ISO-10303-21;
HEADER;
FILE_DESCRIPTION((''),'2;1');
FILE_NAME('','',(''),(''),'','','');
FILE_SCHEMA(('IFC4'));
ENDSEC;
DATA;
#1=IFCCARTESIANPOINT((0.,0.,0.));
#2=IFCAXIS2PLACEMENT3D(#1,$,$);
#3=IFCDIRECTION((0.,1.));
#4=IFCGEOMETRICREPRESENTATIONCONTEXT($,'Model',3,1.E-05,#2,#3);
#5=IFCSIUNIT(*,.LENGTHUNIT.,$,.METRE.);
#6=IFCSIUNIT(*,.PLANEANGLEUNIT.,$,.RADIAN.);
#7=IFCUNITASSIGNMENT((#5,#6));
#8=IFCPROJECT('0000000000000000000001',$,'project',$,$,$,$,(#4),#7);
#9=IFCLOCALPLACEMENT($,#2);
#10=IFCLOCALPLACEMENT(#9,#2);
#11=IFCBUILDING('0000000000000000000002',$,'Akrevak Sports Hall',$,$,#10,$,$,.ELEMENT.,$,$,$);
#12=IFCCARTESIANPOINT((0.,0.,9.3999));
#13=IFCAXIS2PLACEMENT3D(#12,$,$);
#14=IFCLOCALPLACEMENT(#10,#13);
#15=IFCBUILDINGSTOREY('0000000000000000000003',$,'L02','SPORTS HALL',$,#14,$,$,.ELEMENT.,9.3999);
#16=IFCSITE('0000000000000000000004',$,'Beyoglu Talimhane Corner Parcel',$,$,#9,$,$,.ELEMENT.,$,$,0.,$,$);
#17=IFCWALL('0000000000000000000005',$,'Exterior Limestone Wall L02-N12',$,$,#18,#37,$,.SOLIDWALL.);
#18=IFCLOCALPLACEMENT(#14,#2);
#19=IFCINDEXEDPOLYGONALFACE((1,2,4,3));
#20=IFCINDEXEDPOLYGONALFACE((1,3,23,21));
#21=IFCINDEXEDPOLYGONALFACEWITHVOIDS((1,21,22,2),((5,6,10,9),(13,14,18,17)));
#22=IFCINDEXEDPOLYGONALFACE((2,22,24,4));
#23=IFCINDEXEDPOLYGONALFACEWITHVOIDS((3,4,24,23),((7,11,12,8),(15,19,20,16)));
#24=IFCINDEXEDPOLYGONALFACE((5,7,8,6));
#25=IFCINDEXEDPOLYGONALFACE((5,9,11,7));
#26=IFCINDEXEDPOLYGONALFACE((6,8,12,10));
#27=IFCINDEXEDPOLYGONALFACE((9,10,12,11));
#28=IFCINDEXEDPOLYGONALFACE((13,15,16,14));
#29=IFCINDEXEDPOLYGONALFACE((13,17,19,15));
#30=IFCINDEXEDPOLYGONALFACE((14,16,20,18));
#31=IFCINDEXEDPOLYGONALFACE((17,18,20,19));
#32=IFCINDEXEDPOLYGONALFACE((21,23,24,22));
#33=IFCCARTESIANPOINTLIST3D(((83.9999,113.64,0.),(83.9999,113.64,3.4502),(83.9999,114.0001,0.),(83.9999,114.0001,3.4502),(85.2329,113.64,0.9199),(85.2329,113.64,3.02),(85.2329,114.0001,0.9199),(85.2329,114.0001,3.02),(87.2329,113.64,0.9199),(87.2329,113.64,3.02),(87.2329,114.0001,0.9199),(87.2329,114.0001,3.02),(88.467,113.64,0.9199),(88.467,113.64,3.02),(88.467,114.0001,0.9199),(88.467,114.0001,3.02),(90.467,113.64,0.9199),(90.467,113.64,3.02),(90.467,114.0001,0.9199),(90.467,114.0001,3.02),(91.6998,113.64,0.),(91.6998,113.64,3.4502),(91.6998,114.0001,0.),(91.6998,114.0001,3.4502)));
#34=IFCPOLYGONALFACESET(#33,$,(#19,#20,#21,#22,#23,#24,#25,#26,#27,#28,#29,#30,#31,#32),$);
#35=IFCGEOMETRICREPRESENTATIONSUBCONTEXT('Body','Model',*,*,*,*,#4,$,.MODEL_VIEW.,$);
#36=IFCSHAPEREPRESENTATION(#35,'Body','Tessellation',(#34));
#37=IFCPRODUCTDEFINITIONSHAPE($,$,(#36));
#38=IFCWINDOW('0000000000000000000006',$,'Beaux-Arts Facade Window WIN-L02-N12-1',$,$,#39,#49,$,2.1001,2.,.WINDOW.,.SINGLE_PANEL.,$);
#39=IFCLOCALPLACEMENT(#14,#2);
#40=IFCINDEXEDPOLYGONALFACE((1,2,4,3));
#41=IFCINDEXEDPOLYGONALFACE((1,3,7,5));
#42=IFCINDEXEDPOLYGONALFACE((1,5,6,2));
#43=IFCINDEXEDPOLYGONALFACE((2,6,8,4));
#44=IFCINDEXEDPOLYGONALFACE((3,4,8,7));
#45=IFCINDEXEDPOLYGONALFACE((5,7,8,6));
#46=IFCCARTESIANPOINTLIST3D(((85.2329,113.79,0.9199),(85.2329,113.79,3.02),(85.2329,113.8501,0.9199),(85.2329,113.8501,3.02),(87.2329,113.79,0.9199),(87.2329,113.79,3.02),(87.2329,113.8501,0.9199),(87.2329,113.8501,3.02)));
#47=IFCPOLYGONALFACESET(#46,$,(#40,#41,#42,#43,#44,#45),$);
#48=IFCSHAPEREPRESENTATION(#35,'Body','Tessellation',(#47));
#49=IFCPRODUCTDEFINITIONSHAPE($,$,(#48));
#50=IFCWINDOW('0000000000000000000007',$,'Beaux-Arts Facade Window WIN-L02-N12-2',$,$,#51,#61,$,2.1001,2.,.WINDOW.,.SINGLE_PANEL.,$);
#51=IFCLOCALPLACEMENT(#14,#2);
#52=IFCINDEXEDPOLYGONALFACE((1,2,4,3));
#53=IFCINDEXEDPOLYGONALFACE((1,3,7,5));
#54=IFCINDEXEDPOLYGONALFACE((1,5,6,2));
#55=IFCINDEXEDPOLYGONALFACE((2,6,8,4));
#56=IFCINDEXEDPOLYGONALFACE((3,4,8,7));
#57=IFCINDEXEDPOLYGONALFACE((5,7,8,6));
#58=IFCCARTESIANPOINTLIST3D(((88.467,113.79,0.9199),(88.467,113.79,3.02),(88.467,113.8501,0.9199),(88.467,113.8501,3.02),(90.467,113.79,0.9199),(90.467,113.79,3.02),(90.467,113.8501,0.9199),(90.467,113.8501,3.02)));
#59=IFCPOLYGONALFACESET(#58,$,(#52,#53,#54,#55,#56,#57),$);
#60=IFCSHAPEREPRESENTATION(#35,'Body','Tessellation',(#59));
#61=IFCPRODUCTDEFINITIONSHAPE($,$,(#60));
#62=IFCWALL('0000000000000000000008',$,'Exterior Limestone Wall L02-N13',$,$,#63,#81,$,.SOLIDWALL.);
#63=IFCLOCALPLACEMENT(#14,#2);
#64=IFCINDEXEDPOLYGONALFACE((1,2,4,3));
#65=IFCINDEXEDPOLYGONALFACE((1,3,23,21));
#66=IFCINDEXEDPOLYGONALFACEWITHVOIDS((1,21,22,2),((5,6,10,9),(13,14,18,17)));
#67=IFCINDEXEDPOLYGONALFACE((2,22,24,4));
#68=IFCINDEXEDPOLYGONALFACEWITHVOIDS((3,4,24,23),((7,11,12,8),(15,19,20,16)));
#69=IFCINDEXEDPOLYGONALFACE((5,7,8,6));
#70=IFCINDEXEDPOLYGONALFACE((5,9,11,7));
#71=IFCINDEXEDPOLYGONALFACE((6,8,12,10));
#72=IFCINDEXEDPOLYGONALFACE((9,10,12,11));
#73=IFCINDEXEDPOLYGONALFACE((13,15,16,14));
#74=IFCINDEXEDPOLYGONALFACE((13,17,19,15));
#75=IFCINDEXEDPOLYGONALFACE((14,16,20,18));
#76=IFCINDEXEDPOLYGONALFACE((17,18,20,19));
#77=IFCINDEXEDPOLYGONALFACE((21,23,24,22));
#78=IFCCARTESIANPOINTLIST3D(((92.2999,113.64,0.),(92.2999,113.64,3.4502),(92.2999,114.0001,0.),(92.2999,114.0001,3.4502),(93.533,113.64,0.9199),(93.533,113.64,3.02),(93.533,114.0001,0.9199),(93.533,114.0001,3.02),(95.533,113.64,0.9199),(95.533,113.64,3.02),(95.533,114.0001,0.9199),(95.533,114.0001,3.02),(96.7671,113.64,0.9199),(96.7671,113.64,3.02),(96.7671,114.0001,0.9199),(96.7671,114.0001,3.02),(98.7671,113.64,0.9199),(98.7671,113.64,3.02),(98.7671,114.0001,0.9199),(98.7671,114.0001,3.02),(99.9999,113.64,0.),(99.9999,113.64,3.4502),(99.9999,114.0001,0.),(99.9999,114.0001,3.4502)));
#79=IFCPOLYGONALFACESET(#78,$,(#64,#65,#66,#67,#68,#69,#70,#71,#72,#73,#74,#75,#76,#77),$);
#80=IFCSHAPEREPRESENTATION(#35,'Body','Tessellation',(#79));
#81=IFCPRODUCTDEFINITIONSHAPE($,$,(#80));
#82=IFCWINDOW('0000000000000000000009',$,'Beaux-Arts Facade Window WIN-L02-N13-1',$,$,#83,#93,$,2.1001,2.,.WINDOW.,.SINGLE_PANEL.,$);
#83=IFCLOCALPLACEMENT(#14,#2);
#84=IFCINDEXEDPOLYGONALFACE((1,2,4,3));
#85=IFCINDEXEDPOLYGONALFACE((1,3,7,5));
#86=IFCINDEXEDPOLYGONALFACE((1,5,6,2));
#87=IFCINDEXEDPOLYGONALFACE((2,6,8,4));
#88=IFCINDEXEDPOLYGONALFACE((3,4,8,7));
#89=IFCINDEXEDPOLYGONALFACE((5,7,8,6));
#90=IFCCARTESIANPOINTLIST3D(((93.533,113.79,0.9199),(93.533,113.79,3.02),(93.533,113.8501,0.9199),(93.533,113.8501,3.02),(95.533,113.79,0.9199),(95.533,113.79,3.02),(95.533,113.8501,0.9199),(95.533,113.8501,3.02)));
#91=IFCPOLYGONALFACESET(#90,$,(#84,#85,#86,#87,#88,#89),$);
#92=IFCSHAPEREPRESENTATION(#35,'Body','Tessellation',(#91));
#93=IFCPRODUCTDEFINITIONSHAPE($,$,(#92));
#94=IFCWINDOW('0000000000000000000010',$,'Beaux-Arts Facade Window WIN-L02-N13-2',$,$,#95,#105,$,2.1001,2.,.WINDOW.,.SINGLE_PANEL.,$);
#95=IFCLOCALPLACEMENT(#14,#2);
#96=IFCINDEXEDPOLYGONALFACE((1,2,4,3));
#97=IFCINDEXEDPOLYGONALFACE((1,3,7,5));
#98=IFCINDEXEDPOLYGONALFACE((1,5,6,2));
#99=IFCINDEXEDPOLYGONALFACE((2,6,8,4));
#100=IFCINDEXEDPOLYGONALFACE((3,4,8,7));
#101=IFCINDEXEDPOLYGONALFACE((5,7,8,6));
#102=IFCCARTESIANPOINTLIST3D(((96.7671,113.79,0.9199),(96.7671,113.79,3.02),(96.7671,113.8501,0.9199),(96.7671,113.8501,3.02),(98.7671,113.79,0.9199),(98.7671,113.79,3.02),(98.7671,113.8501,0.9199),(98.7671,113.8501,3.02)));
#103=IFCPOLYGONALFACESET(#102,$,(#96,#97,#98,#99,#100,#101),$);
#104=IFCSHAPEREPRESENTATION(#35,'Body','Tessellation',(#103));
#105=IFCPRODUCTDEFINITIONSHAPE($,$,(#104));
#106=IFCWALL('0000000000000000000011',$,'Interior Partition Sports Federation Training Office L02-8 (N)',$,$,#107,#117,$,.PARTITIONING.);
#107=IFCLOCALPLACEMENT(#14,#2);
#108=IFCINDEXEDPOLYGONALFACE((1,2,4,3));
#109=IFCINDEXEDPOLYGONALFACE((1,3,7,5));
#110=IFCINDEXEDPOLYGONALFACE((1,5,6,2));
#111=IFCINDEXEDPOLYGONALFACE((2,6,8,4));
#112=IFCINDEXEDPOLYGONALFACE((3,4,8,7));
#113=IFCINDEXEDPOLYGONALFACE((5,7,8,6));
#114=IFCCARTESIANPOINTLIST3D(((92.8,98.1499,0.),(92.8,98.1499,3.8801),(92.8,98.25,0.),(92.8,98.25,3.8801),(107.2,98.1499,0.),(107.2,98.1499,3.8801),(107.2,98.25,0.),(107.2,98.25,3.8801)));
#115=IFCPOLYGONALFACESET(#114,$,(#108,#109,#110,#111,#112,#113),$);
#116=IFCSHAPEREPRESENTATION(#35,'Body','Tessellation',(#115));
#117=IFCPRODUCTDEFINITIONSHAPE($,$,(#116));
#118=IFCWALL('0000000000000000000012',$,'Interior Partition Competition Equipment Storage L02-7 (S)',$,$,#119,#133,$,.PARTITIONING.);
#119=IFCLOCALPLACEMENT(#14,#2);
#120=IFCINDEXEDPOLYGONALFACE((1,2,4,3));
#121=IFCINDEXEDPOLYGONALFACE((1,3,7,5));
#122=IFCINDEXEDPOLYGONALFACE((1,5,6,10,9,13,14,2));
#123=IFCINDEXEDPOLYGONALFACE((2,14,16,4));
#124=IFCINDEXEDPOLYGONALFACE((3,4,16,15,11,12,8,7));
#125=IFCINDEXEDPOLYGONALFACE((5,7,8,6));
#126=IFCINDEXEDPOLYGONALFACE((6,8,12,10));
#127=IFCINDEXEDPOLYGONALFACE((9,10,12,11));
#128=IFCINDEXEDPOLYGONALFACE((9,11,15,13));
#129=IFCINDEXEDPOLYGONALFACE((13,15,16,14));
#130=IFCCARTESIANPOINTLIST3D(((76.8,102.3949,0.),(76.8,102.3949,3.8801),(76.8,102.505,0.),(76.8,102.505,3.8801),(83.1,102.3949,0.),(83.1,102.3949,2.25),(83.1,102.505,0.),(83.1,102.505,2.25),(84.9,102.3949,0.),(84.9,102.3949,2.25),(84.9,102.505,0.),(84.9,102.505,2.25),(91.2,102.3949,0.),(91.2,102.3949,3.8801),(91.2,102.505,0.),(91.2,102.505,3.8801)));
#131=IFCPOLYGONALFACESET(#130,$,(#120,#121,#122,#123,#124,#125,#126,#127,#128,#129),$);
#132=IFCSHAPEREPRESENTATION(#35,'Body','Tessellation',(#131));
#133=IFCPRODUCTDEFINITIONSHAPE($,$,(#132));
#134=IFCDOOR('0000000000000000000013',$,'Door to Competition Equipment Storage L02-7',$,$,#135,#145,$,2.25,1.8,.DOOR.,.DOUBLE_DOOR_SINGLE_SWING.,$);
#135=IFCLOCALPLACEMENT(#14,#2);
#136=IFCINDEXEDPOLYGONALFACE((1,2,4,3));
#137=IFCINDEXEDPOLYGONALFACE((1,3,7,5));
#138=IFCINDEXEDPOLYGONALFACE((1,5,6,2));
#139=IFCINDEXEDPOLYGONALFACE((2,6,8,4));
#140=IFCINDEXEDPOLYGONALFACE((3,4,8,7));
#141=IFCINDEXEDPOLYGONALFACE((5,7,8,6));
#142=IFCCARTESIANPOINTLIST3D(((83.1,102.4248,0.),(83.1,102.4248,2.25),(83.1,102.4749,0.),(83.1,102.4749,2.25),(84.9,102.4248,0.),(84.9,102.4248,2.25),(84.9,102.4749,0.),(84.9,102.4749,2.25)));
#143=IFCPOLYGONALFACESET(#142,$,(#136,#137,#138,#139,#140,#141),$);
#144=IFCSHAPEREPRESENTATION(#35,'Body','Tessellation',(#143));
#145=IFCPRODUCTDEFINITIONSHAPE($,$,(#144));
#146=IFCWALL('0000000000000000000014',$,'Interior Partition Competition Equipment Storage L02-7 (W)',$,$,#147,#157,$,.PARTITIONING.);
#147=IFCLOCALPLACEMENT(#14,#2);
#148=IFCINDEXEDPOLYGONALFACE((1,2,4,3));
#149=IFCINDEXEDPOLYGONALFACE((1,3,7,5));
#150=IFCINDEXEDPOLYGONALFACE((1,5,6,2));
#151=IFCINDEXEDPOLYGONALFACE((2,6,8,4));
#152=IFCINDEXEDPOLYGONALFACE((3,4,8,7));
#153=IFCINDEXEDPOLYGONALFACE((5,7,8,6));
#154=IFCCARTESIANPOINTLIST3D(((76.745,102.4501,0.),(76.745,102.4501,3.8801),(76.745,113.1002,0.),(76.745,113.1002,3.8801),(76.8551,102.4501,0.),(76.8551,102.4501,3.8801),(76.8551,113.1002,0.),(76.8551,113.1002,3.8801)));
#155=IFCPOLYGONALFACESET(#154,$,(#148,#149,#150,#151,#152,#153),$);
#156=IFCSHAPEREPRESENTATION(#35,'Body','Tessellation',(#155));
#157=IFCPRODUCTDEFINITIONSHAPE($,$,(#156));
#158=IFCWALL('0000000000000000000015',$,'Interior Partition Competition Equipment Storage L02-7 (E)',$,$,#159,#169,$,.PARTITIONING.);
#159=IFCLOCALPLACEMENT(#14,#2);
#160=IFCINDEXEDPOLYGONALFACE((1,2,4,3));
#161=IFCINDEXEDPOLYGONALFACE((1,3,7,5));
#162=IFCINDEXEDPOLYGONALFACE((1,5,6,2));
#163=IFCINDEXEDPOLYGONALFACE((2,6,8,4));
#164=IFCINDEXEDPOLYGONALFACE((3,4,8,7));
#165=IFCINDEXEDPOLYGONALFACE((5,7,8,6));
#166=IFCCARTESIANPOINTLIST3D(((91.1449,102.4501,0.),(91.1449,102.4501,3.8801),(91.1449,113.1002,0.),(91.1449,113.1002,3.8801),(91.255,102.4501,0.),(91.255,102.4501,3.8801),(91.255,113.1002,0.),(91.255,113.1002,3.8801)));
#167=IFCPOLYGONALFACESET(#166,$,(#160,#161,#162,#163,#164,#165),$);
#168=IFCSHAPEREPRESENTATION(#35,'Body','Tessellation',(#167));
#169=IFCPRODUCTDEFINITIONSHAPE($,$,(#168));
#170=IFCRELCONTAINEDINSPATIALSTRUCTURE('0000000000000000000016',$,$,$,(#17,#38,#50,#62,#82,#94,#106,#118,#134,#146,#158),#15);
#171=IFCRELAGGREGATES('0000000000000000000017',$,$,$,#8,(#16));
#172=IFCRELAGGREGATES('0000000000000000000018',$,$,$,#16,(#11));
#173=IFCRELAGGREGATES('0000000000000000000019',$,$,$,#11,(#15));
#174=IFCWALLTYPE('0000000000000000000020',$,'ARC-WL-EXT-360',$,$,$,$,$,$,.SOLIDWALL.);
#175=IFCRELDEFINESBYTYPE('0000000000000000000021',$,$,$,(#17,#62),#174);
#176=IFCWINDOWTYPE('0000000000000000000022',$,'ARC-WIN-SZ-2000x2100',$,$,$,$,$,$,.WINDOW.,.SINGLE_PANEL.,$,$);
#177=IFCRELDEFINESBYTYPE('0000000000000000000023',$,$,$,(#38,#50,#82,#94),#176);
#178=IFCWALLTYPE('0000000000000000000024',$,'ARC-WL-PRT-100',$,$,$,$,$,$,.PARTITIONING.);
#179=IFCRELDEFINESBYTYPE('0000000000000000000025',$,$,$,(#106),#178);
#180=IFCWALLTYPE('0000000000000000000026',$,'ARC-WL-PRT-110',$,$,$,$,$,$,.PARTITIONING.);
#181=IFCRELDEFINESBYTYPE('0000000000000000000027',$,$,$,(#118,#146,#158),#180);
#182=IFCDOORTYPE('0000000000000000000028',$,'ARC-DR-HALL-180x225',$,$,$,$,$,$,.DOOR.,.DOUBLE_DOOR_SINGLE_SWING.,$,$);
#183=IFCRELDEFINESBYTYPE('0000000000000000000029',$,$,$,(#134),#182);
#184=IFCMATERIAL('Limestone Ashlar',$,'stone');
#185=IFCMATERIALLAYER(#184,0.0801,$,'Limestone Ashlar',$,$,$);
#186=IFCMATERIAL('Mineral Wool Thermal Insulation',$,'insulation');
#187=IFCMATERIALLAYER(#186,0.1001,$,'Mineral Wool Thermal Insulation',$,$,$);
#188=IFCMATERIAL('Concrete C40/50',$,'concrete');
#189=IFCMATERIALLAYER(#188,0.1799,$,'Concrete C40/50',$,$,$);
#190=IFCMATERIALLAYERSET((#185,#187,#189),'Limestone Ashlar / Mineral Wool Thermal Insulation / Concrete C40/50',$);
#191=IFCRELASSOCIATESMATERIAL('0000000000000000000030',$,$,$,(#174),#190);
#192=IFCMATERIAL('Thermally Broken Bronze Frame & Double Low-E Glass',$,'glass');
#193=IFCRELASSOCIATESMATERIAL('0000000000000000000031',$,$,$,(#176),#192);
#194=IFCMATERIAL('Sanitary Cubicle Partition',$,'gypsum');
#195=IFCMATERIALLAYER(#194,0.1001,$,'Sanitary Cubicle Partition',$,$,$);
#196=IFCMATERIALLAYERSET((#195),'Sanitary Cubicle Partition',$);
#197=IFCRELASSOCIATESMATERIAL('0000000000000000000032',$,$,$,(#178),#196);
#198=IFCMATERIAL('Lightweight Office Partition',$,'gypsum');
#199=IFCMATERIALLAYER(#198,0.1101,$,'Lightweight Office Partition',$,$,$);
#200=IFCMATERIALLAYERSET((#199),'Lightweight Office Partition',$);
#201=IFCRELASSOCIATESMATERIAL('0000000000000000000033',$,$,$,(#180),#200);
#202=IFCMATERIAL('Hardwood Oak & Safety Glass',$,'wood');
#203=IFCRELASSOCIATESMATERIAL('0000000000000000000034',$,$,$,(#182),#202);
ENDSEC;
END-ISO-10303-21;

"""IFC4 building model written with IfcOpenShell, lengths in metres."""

from ifc_helpers import new_model, si_unit, direction, frame, frame_2d, origin, place, context, subcontext, project, spatial, rectangle, extrude, material, layer, layer_set, type_object, element, fill, save


model = new_model("IFC4")

# Units and contexts
model_context = context("Model", 3, precision=1e-05, world=origin(), true_north=direction((0.0, 1.0)))
body_context = subcontext(model_context, "Body", "Model", "MODEL_VIEW")
ifc_project = project(units=[si_unit("LENGTHUNIT", "METRE"), si_unit("PLANEANGLEUNIT", "RADIAN")], contexts=[model_context])

# Site, building, storey
site_placement = place(None, origin())
site = spatial("IfcSite", under=ifc_project, at=site_placement, Name="Beyoglu Talimhane Corner Parcel", CompositionType="ELEMENT", RefElevation=0.0)
building_placement = place(site_placement, origin())
building = spatial("IfcBuilding", under=site, at=building_placement, Name="Akrevak Sports Hall", CompositionType="ELEMENT")
storey_placement = place(building_placement, frame((0.0, 0.0, 9.3999)))
storey = spatial("IfcBuildingStorey", under=building, at=storey_placement, Name="L02", Description="SPORTS HALL", CompositionType="ELEMENT", Elevation=9.3999)

# Shared definitions
ifc_material_1 = material(Name="Concrete C40/50", Category="concrete")

# Walls, openings, windows
ifc_material_2 = material(Name="Limestone Ashlar", Category="stone")
ifc_layer_1 = layer(ifc_material_2, 0.0801, Name="Limestone Ashlar")
ifc_material_3 = material(Name="Mineral Wool Thermal Insulation", Category="insulation")
ifc_layer_2 = layer(ifc_material_3, 0.1001, Name="Mineral Wool Thermal Insulation")
ifc_layer_3 = layer(ifc_material_1, 0.1799, Name="Concrete C40/50")
ifc_layer_set_1 = layer_set([ifc_layer_1, ifc_layer_2, ifc_layer_3], Name="Limestone Ashlar / Mineral Wool Thermal Insulation / Concrete C40/50")
wall_type_1 = type_object("IfcWallType", Name="ARC-WL-EXT-360", PredefinedType="SOLIDWALL", material=ifc_layer_set_1)
ifc_material_4 = material(Name="Thermally Broken Bronze Frame & Double Low-E Glass", Category="glass")
window_type = type_object("IfcWindowType", Name="ARC-WIN-SZ-2000x2100", PartitioningType="SINGLE_PANEL", PredefinedType="WINDOW", material=ifc_material_4)
wall_1_placement = place(storey_placement, frame((91.7, 113.8201, 0.0), z_axis=(0.0, 0.0, 1.0), x_axis=(-1.0, 0.0, 0.0)))
wall_1 = element("IfcWall", 1, at=wall_1_placement, inside=storey, type_object=wall_type_1, Name="Exterior Limestone Wall L02-N12", PredefinedType="SOLIDWALL", context=body_context, shape_type="SweptSolid", body=[
    extrude(rectangle(XDim=7.7, YDim=0.3601, at=frame_2d((3.8501, 0.0))), origin(), (0.0, 0.0, 1.0), 3.4502),
])
opening_1_placement = place(wall_1_placement, frame((4.467, 0.0, 0.9199)))
opening_1 = element("IfcOpeningElement", 2, at=opening_1_placement, cuts=wall_1, PredefinedType="OPENING", context=body_context, shape_type="SweptSolid", body=[
    extrude(rectangle(XDim=2.0, YDim=2.1001, at=frame_2d((1.0, 1.05))), frame((0.0, 0.1919, 0.0), z_axis=(0.0, -1.0, 0.0), x_axis=(1.0, 0.0, 0.0)), (0.0, 0.0, 1.0), 0.384),
])
opening_2_placement = place(wall_1_placement, frame((1.2329, 0.0, 0.9199)))
opening_2 = element("IfcOpeningElement", 3, at=opening_2_placement, cuts=wall_1, PredefinedType="OPENING", context=body_context, shape_type="SweptSolid", body=[
    extrude(rectangle(XDim=2.0, YDim=2.1001, at=frame_2d((1.0, 1.05))), frame((0.0, 0.1919, 0.0), z_axis=(0.0, -1.0, 0.0), x_axis=(1.0, 0.0, 0.0)), (0.0, 0.0, 1.0), 0.384),
])
window_1_placement = place(opening_1_placement, origin())
window_1 = element("IfcWindow", 4, at=window_1_placement, inside=storey, type_object=window_type, Name="Beaux-Arts Facade Window WIN-L02-N12-1", OverallHeight=2.1001, OverallWidth=2.0, PartitioningType="SINGLE_PANEL", PredefinedType="WINDOW", context=body_context, shape_type="SweptSolid", body=[
    extrude(rectangle(XDim=2.0, YDim=2.1001, at=frame_2d((1.0, 1.05))), frame((0.0, 0.03, 0.0), z_axis=(0.0, -1.0, 0.0), x_axis=(1.0, 0.0, 0.0)), (0.0, 0.0, 1.0), 0.0601),
])
fill(opening_1, window_1)
window_2_placement = place(opening_2_placement, origin())
window_2 = element("IfcWindow", 5, at=window_2_placement, inside=storey, type_object=window_type, Name="Beaux-Arts Facade Window WIN-L02-N12-2", OverallHeight=2.1001, OverallWidth=2.0, PartitioningType="SINGLE_PANEL", PredefinedType="WINDOW", context=body_context, shape_type="SweptSolid", body=[
    extrude(rectangle(XDim=2.0, YDim=2.1001, at=frame_2d((1.0, 1.05))), frame((0.0, 0.03, 0.0), z_axis=(0.0, -1.0, 0.0), x_axis=(1.0, 0.0, 0.0)), (0.0, 0.0, 1.0), 0.0601),
])
fill(opening_2, window_2)
wall_2_placement = place(storey_placement, frame((100.0, 113.8201, 0.0), z_axis=(0.0, 0.0, 1.0), x_axis=(-1.0, 0.0, 0.0)))
wall_2 = element("IfcWall", 6, at=wall_2_placement, inside=storey, type_object=wall_type_1, Name="Exterior Limestone Wall L02-N13", PredefinedType="SOLIDWALL", context=body_context, shape_type="SweptSolid", body=[
    extrude(rectangle(XDim=7.7, YDim=0.3601, at=frame_2d((3.8501, 0.0))), origin(), (0.0, 0.0, 1.0), 3.4502),
])
opening_3_placement = place(wall_2_placement, frame((4.467, 0.0, 0.9199)))
opening_3 = element("IfcOpeningElement", 7, at=opening_3_placement, cuts=wall_2, PredefinedType="OPENING", context=body_context, shape_type="SweptSolid", body=[
    extrude(rectangle(XDim=2.0, YDim=2.1001, at=frame_2d((1.0, 1.05))), frame((0.0, 0.1919, 0.0), z_axis=(0.0, -1.0, 0.0), x_axis=(1.0, 0.0, 0.0)), (0.0, 0.0, 1.0), 0.384),
])
opening_4_placement = place(wall_2_placement, frame((1.2329, 0.0, 0.9199)))
opening_4 = element("IfcOpeningElement", 8, at=opening_4_placement, cuts=wall_2, PredefinedType="OPENING", context=body_context, shape_type="SweptSolid", body=[
    extrude(rectangle(XDim=2.0, YDim=2.1001, at=frame_2d((1.0, 1.05))), frame((0.0, 0.1919, 0.0), z_axis=(0.0, -1.0, 0.0), x_axis=(1.0, 0.0, 0.0)), (0.0, 0.0, 1.0), 0.384),
])
window_3_placement = place(opening_3_placement, origin())
window_3 = element("IfcWindow", 9, at=window_3_placement, inside=storey, type_object=window_type, Name="Beaux-Arts Facade Window WIN-L02-N13-1", OverallHeight=2.1001, OverallWidth=2.0, PartitioningType="SINGLE_PANEL", PredefinedType="WINDOW", context=body_context, shape_type="SweptSolid", body=[
    extrude(rectangle(XDim=2.0, YDim=2.1001, at=frame_2d((1.0, 1.05))), frame((0.0, 0.03, 0.0), z_axis=(0.0, -1.0, 0.0), x_axis=(1.0, 0.0, 0.0)), (0.0, 0.0, 1.0), 0.0601),
])
fill(opening_3, window_3)
window_4_placement = place(opening_4_placement, origin())
window_4 = element("IfcWindow", 10, at=window_4_placement, inside=storey, type_object=window_type, Name="Beaux-Arts Facade Window WIN-L02-N13-2", OverallHeight=2.1001, OverallWidth=2.0, PartitioningType="SINGLE_PANEL", PredefinedType="WINDOW", context=body_context, shape_type="SweptSolid", body=[
    extrude(rectangle(XDim=2.0, YDim=2.1001, at=frame_2d((1.0, 1.05))), frame((0.0, 0.03, 0.0), z_axis=(0.0, -1.0, 0.0), x_axis=(1.0, 0.0, 0.0)), (0.0, 0.0, 1.0), 0.0601),
])
fill(opening_4, window_4)

# Wall
ifc_material_5 = material(Name="Sanitary Cubicle Partition", Category="gypsum")
ifc_layer_4 = layer(ifc_material_5, 0.1001, Name="Sanitary Cubicle Partition")
ifc_layer_set_2 = layer_set([ifc_layer_4], Name="Sanitary Cubicle Partition")
wall_type_2 = type_object("IfcWallType", Name="ARC-WL-PRT-100", PredefinedType="PARTITIONING", material=ifc_layer_set_2)
wall_3_placement = place(storey_placement, frame((92.8, 98.2, 0.0), z_axis=(0.0, 0.0, 1.0), x_axis=(1.0, 0.0, 0.0)))
element("IfcWall", 11, at=wall_3_placement, inside=storey, type_object=wall_type_2, Name="Interior Partition Sports Federation Training Office L02-8 (N)", PredefinedType="PARTITIONING", context=body_context, shape_type="SweptSolid", body=[
    extrude(rectangle(XDim=14.3999, YDim=0.1001, at=frame_2d((7.2, 0.0))), origin(), (0.0, 0.0, 1.0), 3.8801),
])

# Wall, opening, door
ifc_material_6 = material(Name="Lightweight Office Partition", Category="gypsum")
ifc_layer_5 = layer(ifc_material_6, 0.1101, Name="Lightweight Office Partition")
ifc_layer_set_3 = layer_set([ifc_layer_5], Name="Lightweight Office Partition")
wall_type_3 = type_object("IfcWallType", Name="ARC-WL-PRT-110", PredefinedType="PARTITIONING", material=ifc_layer_set_3)
wall_4_placement = place(storey_placement, frame((76.8, 102.45, 0.0), z_axis=(0.0, 0.0, 1.0), x_axis=(1.0, 0.0, 0.0)))
wall_4 = element("IfcWall", 12, at=wall_4_placement, inside=storey, type_object=wall_type_3, Name="Interior Partition Competition Equipment Storage L02-7 (S)", PredefinedType="PARTITIONING", context=body_context, shape_type="SweptSolid", body=[
    extrude(rectangle(XDim=14.3999, YDim=0.1101, at=frame_2d((7.2, 0.0))), origin(), (0.0, 0.0, 1.0), 3.8801),
])
opening_5_placement = place(wall_4_placement, frame((6.3, 0.0, 0.0)))
opening_5 = element("IfcOpeningElement", 13, at=opening_5_placement, cuts=wall_4, PredefinedType="OPENING", context=body_context, shape_type="SweptSolid", body=[
    extrude(rectangle(XDim=1.8, YDim=2.25, at=frame_2d((0.8999, 1.125))), frame((0.0, 0.0669, 0.0), z_axis=(0.0, -1.0, 0.0), x_axis=(1.0, 0.0, 0.0)), (0.0, 0.0, 1.0), 0.134),
])
ifc_material_7 = material(Name="Hardwood Oak & Safety Glass", Category="wood")
door_type_1 = type_object("IfcDoorType", Name="ARC-DR-HALL-180x225", OperationType="DOUBLE_DOOR_SINGLE_SWING", PredefinedType="DOOR", material=ifc_material_7)
door_1_placement = place(opening_5_placement, origin())
door_1 = element("IfcDoor", 14, at=door_1_placement, inside=storey, type_object=door_type_1, Name="Door to Competition Equipment Storage L02-7", OperationType="DOUBLE_DOOR_SINGLE_SWING", OverallHeight=2.25, OverallWidth=1.8, PredefinedType="DOOR", context=body_context, shape_type="SweptSolid", body=[
    extrude(rectangle(XDim=1.8, YDim=2.25, at=frame_2d((0.8999, 1.125))), frame((0.0, 0.0249, 0.0), z_axis=(0.0, -1.0, 0.0), x_axis=(1.0, 0.0, 0.0)), (0.0, 0.0, 1.0), 0.05),
])
fill(opening_5, door_1)

# Walls
for number, where, z_axis, x_axis, name in (
    (15, (76.8, 102.45, 0.0), (0.0, 0.0, 1.0), (0.0, 1.0, 0.0), "Interior Partition Competition Equipment Storage L02-7 (W)"),
    (16, (91.2, 102.45, 0.0), (0.0, 0.0, 1.0), (0.0, 1.0, 0.0), "Interior Partition Competition Equipment Storage L02-7 (E)"),
):
    element("IfcWall", number, at=place(storey_placement, frame(where, z_axis=z_axis, x_axis=x_axis)), inside=storey, type_object=wall_type_3, Name=name, PredefinedType="PARTITIONING", context=body_context, shape_type="SweptSolid", body=[
        extrude(rectangle(XDim=10.6501, YDim=0.1101, at=frame_2d((5.3252, 0.0))), origin(), (0.0, 0.0, 1.0), 3.8801),
    ])

save(model, "model.ifc")
